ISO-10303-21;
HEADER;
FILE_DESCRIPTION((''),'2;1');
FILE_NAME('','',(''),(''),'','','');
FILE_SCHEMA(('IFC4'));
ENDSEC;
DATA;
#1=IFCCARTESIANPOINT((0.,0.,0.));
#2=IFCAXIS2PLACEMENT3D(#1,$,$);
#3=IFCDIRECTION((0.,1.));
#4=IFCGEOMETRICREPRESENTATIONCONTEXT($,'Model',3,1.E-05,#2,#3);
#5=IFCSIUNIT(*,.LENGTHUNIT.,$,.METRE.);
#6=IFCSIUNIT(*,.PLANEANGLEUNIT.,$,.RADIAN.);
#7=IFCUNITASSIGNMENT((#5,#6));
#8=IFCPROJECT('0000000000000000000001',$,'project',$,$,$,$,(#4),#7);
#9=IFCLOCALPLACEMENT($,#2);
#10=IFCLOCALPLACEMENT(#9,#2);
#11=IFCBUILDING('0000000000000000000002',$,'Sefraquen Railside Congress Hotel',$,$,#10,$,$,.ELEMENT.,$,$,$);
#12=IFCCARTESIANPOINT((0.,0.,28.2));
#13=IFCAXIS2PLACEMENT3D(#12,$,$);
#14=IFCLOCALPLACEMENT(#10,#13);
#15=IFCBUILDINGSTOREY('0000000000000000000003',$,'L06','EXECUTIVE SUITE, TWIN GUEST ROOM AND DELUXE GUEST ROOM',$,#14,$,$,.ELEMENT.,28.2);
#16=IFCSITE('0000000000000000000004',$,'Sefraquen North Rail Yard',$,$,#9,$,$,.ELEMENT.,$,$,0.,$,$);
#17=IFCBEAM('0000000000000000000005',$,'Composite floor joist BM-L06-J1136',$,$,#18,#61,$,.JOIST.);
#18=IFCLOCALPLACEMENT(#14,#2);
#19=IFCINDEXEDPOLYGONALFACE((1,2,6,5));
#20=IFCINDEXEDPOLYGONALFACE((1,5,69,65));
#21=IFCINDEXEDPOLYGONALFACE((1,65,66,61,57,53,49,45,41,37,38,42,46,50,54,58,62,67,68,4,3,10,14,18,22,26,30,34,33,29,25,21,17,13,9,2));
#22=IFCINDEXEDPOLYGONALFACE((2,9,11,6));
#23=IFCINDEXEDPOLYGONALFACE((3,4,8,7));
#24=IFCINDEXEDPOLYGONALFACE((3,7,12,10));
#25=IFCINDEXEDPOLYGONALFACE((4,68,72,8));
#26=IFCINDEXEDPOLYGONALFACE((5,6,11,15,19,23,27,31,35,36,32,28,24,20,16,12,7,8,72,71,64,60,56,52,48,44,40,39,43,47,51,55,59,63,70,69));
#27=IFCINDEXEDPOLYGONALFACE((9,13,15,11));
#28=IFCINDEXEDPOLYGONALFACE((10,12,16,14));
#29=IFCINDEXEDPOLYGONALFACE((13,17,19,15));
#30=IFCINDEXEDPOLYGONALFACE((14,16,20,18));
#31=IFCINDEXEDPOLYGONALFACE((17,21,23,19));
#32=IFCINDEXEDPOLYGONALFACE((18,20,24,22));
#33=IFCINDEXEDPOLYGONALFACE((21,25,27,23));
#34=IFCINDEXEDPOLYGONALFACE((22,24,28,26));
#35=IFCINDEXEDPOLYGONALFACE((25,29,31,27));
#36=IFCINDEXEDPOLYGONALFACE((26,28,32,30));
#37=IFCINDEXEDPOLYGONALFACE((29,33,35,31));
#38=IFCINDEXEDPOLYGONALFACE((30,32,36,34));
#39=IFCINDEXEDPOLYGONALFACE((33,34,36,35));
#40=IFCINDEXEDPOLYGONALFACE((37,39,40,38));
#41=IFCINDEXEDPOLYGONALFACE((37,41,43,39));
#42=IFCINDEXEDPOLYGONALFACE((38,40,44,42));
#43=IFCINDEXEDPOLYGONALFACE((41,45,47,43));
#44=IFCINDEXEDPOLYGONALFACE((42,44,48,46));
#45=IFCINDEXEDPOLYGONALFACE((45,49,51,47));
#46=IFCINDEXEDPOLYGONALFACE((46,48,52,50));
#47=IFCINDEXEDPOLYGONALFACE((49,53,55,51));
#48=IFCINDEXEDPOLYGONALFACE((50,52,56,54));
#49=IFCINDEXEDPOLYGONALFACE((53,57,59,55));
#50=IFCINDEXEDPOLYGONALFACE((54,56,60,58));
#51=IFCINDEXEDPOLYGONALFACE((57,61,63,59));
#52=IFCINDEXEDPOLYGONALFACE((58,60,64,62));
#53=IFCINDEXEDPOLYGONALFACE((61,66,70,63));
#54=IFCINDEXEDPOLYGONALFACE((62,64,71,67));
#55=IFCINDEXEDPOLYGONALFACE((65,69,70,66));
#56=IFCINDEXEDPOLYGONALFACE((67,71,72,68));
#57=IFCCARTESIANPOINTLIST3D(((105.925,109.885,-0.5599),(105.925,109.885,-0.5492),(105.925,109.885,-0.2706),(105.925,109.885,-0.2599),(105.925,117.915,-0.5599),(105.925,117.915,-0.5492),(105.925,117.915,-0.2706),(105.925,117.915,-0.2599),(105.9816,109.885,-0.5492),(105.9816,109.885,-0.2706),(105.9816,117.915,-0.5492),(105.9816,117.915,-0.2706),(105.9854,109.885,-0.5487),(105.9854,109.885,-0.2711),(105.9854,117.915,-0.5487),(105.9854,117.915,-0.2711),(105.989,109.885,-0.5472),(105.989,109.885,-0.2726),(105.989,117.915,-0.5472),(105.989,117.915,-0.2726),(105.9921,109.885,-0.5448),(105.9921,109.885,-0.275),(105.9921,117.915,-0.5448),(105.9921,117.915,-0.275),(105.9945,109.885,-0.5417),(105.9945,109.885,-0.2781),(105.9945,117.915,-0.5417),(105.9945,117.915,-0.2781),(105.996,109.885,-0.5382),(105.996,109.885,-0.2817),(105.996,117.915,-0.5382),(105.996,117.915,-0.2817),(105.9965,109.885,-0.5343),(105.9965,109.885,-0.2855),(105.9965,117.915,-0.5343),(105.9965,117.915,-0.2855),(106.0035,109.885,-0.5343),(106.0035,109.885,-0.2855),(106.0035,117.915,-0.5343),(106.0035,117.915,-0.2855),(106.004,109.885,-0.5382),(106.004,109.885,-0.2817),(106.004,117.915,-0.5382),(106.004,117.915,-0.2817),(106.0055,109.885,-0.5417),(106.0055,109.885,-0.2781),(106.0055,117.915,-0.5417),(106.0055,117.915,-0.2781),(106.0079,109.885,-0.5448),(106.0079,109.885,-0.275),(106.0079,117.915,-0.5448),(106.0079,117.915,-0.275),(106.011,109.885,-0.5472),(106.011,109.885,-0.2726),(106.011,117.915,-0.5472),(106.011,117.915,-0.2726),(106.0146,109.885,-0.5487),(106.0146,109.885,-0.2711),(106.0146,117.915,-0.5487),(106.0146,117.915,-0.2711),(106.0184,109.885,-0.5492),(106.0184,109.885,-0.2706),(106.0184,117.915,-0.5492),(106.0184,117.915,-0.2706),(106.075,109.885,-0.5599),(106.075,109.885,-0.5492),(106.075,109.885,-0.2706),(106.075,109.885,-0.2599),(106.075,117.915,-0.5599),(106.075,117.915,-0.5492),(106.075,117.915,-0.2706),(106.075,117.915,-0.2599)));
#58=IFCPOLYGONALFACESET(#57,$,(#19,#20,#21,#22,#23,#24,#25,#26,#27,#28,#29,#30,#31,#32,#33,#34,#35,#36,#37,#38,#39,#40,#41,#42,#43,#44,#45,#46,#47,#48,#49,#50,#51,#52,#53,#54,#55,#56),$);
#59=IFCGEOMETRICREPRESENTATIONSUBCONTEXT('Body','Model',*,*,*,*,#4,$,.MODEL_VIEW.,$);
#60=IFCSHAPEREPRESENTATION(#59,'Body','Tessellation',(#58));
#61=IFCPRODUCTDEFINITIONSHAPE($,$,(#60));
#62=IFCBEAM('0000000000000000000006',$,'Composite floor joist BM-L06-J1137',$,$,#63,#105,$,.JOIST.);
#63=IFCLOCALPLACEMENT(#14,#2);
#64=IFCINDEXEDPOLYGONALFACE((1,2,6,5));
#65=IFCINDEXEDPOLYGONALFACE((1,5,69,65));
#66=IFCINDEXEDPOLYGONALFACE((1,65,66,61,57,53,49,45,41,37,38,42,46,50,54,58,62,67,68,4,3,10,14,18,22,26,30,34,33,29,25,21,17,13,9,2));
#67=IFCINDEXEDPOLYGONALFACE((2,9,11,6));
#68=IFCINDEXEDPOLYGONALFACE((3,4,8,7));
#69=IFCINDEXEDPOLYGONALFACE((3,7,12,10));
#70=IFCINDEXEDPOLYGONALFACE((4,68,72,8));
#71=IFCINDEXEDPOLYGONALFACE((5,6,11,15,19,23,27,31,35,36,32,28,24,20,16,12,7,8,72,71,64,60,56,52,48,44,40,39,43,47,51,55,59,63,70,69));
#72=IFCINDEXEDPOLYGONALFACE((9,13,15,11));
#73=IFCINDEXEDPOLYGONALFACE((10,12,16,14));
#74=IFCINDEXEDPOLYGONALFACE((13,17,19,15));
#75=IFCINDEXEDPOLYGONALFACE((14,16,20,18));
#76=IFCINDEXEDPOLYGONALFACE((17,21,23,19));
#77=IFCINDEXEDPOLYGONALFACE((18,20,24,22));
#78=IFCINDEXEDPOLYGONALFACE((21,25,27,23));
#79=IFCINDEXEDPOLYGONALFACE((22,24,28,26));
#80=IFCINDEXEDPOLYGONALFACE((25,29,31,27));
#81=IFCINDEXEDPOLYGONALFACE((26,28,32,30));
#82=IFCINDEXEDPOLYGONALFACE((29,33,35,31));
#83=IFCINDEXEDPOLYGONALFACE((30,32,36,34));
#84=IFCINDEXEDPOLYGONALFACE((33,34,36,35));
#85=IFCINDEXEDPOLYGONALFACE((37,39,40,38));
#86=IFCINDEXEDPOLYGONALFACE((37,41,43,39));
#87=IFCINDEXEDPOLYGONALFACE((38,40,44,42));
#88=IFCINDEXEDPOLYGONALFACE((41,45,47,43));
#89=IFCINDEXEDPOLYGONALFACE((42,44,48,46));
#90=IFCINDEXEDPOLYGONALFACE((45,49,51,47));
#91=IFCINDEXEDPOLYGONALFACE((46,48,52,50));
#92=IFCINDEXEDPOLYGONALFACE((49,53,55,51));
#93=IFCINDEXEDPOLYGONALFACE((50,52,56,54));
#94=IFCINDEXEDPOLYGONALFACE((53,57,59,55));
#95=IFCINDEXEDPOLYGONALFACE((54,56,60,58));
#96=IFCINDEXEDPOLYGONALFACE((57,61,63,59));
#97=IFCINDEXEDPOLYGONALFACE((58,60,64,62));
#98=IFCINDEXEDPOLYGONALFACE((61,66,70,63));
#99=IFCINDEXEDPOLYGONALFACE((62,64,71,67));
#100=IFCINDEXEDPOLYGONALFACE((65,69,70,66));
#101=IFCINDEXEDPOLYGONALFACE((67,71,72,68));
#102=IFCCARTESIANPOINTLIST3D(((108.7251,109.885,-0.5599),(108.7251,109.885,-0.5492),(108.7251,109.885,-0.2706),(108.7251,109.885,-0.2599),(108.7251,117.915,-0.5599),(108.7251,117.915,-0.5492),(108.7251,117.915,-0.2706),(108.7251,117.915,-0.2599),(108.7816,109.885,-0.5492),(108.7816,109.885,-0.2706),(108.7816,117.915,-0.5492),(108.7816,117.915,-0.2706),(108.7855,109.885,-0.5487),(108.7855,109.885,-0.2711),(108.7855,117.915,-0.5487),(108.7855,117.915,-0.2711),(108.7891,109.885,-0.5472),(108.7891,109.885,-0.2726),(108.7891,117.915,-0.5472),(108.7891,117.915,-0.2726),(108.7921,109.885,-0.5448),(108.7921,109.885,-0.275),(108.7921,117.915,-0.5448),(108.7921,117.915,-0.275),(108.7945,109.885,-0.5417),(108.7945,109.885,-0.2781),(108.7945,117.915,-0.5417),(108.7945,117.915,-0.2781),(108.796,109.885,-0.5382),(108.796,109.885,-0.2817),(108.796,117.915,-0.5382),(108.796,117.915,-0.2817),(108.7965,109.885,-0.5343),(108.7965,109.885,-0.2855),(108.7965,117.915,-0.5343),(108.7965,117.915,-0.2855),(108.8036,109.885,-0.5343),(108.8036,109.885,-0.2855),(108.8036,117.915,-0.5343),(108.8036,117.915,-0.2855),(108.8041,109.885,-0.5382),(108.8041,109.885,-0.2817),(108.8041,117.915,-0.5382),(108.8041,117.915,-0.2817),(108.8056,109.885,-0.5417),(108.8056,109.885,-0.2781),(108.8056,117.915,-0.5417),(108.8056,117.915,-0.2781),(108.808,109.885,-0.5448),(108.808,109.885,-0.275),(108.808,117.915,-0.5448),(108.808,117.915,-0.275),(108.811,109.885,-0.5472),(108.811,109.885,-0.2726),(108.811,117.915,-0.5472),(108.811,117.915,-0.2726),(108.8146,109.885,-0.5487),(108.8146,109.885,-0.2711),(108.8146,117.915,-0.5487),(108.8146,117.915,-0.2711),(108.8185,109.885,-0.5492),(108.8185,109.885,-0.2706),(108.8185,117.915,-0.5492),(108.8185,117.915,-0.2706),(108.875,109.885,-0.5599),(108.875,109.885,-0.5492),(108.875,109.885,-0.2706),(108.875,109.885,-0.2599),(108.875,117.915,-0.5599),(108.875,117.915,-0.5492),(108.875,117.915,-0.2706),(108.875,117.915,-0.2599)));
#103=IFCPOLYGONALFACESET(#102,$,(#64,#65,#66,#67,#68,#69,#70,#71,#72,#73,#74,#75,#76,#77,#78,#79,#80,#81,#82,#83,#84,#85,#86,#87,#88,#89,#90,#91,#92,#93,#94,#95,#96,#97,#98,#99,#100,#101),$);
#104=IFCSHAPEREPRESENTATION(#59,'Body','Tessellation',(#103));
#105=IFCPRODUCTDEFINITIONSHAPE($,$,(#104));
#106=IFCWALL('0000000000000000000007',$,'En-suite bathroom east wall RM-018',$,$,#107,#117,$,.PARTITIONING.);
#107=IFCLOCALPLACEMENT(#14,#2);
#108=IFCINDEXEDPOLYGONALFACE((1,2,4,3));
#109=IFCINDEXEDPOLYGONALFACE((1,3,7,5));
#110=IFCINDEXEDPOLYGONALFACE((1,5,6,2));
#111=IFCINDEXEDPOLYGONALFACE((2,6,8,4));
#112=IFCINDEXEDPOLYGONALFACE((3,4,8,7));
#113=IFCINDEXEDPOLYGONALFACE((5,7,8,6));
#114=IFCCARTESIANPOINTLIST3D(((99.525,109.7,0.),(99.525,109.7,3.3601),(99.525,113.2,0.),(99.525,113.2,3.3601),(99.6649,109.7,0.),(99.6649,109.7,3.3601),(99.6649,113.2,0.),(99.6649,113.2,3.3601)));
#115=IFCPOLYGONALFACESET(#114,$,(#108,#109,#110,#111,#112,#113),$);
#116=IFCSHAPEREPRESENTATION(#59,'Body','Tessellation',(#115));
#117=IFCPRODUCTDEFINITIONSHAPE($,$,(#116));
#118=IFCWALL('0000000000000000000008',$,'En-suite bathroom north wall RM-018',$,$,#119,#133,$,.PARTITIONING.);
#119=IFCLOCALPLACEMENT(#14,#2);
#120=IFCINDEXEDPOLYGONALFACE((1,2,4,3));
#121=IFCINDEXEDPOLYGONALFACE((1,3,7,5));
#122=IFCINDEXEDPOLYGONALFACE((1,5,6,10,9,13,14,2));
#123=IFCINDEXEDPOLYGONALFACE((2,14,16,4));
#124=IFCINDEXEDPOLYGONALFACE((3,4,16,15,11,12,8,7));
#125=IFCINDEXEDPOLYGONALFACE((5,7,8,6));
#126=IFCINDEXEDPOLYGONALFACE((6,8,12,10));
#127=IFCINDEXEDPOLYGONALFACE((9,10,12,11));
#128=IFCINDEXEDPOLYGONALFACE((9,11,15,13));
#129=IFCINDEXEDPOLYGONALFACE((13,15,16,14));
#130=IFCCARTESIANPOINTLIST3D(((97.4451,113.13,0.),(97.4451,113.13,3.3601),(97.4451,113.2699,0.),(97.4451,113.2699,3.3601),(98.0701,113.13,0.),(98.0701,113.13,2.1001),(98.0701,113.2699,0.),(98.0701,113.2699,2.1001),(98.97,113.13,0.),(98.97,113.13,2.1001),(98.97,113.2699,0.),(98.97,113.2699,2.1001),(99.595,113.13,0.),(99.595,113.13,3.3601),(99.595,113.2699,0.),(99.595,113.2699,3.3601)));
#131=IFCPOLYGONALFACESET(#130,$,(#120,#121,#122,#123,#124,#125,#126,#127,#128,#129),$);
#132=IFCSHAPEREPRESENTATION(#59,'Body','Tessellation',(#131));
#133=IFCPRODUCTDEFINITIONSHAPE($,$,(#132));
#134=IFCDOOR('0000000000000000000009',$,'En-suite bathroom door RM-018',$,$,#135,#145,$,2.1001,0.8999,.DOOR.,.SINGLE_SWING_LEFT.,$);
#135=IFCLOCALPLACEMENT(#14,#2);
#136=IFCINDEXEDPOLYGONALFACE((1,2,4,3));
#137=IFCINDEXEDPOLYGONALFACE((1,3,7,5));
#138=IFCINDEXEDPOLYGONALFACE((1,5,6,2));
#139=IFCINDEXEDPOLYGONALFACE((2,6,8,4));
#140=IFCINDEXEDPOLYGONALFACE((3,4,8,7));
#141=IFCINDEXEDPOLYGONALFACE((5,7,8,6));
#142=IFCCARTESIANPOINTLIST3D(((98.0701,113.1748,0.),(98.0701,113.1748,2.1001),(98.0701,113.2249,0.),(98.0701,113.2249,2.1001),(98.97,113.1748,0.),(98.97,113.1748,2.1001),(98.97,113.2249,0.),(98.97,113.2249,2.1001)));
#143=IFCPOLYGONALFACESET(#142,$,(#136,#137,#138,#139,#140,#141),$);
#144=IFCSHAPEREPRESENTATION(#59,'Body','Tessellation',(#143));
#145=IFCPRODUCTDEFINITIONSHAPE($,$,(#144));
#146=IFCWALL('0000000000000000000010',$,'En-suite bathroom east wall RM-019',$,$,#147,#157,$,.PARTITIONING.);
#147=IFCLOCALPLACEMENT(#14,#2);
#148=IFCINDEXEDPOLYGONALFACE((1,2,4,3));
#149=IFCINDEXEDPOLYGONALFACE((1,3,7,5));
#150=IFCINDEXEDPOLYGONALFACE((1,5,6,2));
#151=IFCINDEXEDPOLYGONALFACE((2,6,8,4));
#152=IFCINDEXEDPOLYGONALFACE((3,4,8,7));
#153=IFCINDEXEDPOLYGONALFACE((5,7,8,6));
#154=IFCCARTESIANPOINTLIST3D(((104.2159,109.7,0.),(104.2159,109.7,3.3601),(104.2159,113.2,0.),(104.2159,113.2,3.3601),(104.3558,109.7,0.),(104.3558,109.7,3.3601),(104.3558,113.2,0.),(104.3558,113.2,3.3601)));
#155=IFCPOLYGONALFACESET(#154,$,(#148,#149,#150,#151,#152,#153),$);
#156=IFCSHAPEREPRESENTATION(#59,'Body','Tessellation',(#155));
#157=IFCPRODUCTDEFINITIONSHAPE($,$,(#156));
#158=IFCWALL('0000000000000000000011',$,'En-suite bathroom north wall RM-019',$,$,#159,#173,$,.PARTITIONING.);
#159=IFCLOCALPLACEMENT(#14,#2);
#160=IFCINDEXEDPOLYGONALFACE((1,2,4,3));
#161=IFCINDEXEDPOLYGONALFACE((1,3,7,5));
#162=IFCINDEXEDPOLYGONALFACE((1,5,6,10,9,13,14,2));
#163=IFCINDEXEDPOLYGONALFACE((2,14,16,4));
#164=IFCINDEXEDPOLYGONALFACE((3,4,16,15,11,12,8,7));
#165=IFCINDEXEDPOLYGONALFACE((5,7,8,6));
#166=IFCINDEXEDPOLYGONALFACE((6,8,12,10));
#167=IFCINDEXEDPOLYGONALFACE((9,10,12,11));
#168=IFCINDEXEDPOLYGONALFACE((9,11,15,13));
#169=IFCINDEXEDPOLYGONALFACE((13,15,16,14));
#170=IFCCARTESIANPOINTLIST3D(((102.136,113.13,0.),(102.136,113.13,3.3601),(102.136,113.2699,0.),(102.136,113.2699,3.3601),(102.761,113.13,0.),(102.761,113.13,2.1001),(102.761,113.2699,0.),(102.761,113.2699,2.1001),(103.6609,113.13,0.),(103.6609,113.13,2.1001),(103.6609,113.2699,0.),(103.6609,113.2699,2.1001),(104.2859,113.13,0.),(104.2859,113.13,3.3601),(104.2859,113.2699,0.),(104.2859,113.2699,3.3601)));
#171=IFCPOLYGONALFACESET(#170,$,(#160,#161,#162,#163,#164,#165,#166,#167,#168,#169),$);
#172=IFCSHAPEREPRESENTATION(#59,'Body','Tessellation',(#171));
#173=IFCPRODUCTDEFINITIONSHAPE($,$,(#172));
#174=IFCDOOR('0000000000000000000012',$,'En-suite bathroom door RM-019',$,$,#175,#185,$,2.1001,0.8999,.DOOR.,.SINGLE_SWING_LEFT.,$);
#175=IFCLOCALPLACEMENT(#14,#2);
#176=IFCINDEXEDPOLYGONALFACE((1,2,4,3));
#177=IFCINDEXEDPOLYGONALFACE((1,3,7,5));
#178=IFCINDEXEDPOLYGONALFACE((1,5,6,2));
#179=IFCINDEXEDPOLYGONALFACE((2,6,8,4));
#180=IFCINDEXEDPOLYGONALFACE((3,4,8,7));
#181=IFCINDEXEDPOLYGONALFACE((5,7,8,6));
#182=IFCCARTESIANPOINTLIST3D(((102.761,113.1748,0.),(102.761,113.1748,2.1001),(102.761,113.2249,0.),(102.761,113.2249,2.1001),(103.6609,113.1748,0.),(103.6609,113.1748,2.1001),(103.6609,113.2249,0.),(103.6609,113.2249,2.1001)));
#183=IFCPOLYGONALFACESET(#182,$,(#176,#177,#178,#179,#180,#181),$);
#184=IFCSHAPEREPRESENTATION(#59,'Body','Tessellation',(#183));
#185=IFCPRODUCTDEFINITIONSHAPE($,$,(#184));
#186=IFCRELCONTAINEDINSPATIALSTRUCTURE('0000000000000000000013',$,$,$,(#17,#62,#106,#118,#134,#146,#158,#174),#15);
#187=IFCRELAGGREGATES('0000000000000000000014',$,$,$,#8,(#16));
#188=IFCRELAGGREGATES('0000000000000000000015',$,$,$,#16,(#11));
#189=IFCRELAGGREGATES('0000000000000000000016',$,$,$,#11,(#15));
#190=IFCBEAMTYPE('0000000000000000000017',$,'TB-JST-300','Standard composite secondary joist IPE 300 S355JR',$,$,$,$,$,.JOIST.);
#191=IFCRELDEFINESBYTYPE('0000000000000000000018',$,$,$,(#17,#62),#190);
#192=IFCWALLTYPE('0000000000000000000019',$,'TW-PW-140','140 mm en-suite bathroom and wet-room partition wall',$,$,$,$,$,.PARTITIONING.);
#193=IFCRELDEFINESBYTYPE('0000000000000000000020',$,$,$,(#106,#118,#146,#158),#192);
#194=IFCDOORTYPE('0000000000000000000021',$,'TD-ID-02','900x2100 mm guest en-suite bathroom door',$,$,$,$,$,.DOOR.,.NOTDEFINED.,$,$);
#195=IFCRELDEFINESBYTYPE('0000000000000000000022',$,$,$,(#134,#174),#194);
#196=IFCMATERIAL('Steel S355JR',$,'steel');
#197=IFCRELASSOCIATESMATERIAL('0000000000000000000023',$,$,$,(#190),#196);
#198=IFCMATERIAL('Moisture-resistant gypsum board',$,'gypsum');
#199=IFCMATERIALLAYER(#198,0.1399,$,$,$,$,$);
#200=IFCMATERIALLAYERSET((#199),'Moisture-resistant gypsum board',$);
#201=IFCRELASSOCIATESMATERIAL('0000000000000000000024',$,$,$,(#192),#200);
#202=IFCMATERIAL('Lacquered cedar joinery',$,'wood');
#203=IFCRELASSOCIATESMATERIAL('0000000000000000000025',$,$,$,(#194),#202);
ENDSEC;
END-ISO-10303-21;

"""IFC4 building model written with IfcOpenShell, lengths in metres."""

from ifc_helpers import new_model, si_unit, direction, frame, frame_2d, origin, origin_2d, place, context, subcontext, project, spatial, rectangle, i_section, extrude, material, layer, layer_set, material_profile, profile_set, type_object, element, fill, save


model = new_model("IFC4")

# Units and contexts
model_context = context("Model", 3, precision=1e-05, world=origin(), true_north=direction((0.0, 1.0)))
body_context = subcontext(model_context, "Body", "Model", "MODEL_VIEW")
ifc_project = project(units=[si_unit("LENGTHUNIT", "METRE"), si_unit("PLANEANGLEUNIT", "RADIAN")], contexts=[model_context])

# Site, building, storey
site_placement = place(None, origin())
site = spatial("IfcSite", under=ifc_project, at=site_placement, Name="Sefraquen North Rail Yard", CompositionType="ELEMENT", RefElevation=0.0)
building_placement = place(site_placement, origin())
building = spatial("IfcBuilding", under=site, at=building_placement, Name="Sefraquen Railside Congress Hotel", CompositionType="ELEMENT")
storey_placement = place(building_placement, frame((0.0, 0.0, 28.2)))
storey = spatial("IfcBuildingStorey", under=building, at=storey_placement, Name="L06", Description="EXECUTIVE SUITE, TWIN GUEST ROOM AND DELUXE GUEST ROOM", CompositionType="ELEMENT", Elevation=28.2)

# Shared definitions
ifc_material_1 = material(Name="Steel S355JR", Category="steel")

# Beams
ifc_material_profile_1 = material_profile(ifc_material_1, i_section(OverallWidth=0.1499, OverallDepth=0.3, WebThickness=0.0071, FlangeThickness=0.0107, FilletRadius=0.0149, at=origin_2d()), Name="IPE 300")
ifc_profile_set_1 = profile_set([ifc_material_profile_1], Name="Steel S355JR")
beam_type_1 = type_object("IfcBeamType", Name="TB-JST-300", Description="Standard composite secondary joist IPE 300 S355JR", PredefinedType="JOIST", material=ifc_profile_set_1)
for number, where, z_axis, x_axis, name in (
    (1, (106.0, 109.885, -0.4099), (0.0, 1.0, 0.0), (-1.0, 0.0, 0.0), "Composite floor joist BM-L06-J1136"),
    (2, (108.8, 109.885, -0.4099), (0.0, 1.0, 0.0), (-1.0, 0.0, 0.0), "Composite floor joist BM-L06-J1137"),
):
    element("IfcBeam", number, at=place(storey_placement, frame(where, z_axis=z_axis, x_axis=x_axis)), inside=storey, type_object=beam_type_1, Name=name, PredefinedType="JOIST", context=body_context, shape_type="SweptSolid", body=[
        extrude(i_section(OverallWidth=0.1499, OverallDepth=0.3, WebThickness=0.0071, FlangeThickness=0.0107, FilletRadius=0.0149, at=origin_2d()), origin(), (0.0, 0.0, 1.0), 8.03),
    ])

# Wall
ifc_material_2 = material(Name="Moisture-resistant gypsum board", Category="gypsum")
ifc_layer_1 = layer(ifc_material_2, 0.1399)
ifc_layer_set_1 = layer_set([ifc_layer_1], Name="Moisture-resistant gypsum board")
wall_type_1 = type_object("IfcWallType", Name="TW-PW-140", Description="140 mm en-suite bathroom and wet-room partition wall", PredefinedType="PARTITIONING", material=ifc_layer_set_1)
wall_1_placement = place(storey_placement, frame((99.595, 109.7, 0.0), z_axis=(0.0, 0.0, 1.0), x_axis=(0.0, 1.0, 0.0)))
element("IfcWall", 3, at=wall_1_placement, inside=storey, type_object=wall_type_1, Name="En-suite bathroom east wall RM-018", PredefinedType="PARTITIONING", context=body_context, shape_type="SweptSolid", body=[
    extrude(rectangle(XDim=3.5, YDim=0.1399, at=frame_2d((1.75, 0.0))), origin(), (0.0, 0.0, 1.0), 3.3601),
])

# Wall, opening, door
wall_2_placement = place(storey_placement, frame((97.4451, 113.2, 0.0), z_axis=(0.0, 0.0, 1.0), x_axis=(1.0, 0.0, 0.0)))
wall_2 = element("IfcWall", 4, at=wall_2_placement, inside=storey, type_object=wall_type_1, Name="En-suite bathroom north wall RM-018", PredefinedType="PARTITIONING", context=body_context, shape_type="SweptSolid", body=[
    extrude(rectangle(XDim=2.1499, YDim=0.1399, at=frame_2d((1.075, 0.0))), origin(), (0.0, 0.0, 1.0), 3.3601),
])
opening_1_placement = place(wall_2_placement, frame((0.625, 0.0, 0.0)))
opening_1 = element("IfcOpeningElement", 5, at=opening_1_placement, cuts=wall_2, PredefinedType="OPENING", context=body_context, shape_type="SweptSolid", body=[
    extrude(rectangle(XDim=0.8999, YDim=2.1001, at=frame_2d((0.45, 1.05))), frame((0.0, 0.0798, 0.0), z_axis=(0.0, -1.0, 0.0), x_axis=(1.0, 0.0, 0.0)), (0.0, 0.0, 1.0), 0.1599),
])
ifc_material_3 = material(Name="Lacquered cedar joinery", Category="wood")
door_type = type_object("IfcDoorType", Name="TD-ID-02", Description="900x2100 mm guest en-suite bathroom door", OperationType="NOTDEFINED", PredefinedType="DOOR", material=ifc_material_3)
door_1_placement = place(opening_1_placement, origin())
door_1 = element("IfcDoor", 6, at=door_1_placement, inside=storey, type_object=door_type, Name="En-suite bathroom door RM-018", OperationType="SINGLE_SWING_LEFT", OverallHeight=2.1001, OverallWidth=0.8999, PredefinedType="DOOR", context=body_context, shape_type="SweptSolid", body=[
    extrude(rectangle(XDim=0.8999, YDim=2.1001, at=frame_2d((0.45, 1.05))), frame((0.0, 0.0249, 0.0), z_axis=(0.0, -1.0, 0.0), x_axis=(1.0, 0.0, 0.0)), (0.0, 0.0, 1.0), 0.05),
])
fill(opening_1, door_1)

# Wall
wall_3_placement = place(storey_placement, frame((104.2859, 109.7, 0.0), z_axis=(0.0, 0.0, 1.0), x_axis=(0.0, 1.0, 0.0)))
element("IfcWall", 7, at=wall_3_placement, inside=storey, type_object=wall_type_1, Name="En-suite bathroom east wall RM-019", PredefinedType="PARTITIONING", context=body_context, shape_type="SweptSolid", body=[
    extrude(rectangle(XDim=3.5, YDim=0.1399, at=frame_2d((1.75, 0.0))), origin(), (0.0, 0.0, 1.0), 3.3601),
])

# Wall, opening, door
wall_4_placement = place(storey_placement, frame((102.136, 113.2, 0.0), z_axis=(0.0, 0.0, 1.0), x_axis=(1.0, 0.0, 0.0)))
wall_4 = element("IfcWall", 8, at=wall_4_placement, inside=storey, type_object=wall_type_1, Name="En-suite bathroom north wall RM-019", PredefinedType="PARTITIONING", context=body_context, shape_type="SweptSolid", body=[
    extrude(rectangle(XDim=2.1499, YDim=0.1399, at=frame_2d((1.075, 0.0))), origin(), (0.0, 0.0, 1.0), 3.3601),
])
opening_2_placement = place(wall_4_placement, frame((0.625, 0.0, 0.0)))
opening_2 = element("IfcOpeningElement", 9, at=opening_2_placement, cuts=wall_4, PredefinedType="OPENING", context=body_context, shape_type="SweptSolid", body=[
    extrude(rectangle(XDim=0.8999, YDim=2.1001, at=frame_2d((0.45, 1.05))), frame((0.0, 0.0798, 0.0), z_axis=(0.0, -1.0, 0.0), x_axis=(1.0, 0.0, 0.0)), (0.0, 0.0, 1.0), 0.1599),
])
door_2_placement = place(opening_2_placement, origin())
door_2 = element("IfcDoor", 10, at=door_2_placement, inside=storey, type_object=door_type, Name="En-suite bathroom door RM-019", OperationType="SINGLE_SWING_LEFT", OverallHeight=2.1001, OverallWidth=0.8999, PredefinedType="DOOR", context=body_context, shape_type="SweptSolid", body=[
    extrude(rectangle(XDim=0.8999, YDim=2.1001, at=frame_2d((0.45, 1.05))), frame((0.0, 0.0249, 0.0), z_axis=(0.0, -1.0, 0.0), x_axis=(1.0, 0.0, 0.0)), (0.0, 0.0, 1.0), 0.05),
])
fill(opening_2, door_2)

save(model, "model.ifc")
